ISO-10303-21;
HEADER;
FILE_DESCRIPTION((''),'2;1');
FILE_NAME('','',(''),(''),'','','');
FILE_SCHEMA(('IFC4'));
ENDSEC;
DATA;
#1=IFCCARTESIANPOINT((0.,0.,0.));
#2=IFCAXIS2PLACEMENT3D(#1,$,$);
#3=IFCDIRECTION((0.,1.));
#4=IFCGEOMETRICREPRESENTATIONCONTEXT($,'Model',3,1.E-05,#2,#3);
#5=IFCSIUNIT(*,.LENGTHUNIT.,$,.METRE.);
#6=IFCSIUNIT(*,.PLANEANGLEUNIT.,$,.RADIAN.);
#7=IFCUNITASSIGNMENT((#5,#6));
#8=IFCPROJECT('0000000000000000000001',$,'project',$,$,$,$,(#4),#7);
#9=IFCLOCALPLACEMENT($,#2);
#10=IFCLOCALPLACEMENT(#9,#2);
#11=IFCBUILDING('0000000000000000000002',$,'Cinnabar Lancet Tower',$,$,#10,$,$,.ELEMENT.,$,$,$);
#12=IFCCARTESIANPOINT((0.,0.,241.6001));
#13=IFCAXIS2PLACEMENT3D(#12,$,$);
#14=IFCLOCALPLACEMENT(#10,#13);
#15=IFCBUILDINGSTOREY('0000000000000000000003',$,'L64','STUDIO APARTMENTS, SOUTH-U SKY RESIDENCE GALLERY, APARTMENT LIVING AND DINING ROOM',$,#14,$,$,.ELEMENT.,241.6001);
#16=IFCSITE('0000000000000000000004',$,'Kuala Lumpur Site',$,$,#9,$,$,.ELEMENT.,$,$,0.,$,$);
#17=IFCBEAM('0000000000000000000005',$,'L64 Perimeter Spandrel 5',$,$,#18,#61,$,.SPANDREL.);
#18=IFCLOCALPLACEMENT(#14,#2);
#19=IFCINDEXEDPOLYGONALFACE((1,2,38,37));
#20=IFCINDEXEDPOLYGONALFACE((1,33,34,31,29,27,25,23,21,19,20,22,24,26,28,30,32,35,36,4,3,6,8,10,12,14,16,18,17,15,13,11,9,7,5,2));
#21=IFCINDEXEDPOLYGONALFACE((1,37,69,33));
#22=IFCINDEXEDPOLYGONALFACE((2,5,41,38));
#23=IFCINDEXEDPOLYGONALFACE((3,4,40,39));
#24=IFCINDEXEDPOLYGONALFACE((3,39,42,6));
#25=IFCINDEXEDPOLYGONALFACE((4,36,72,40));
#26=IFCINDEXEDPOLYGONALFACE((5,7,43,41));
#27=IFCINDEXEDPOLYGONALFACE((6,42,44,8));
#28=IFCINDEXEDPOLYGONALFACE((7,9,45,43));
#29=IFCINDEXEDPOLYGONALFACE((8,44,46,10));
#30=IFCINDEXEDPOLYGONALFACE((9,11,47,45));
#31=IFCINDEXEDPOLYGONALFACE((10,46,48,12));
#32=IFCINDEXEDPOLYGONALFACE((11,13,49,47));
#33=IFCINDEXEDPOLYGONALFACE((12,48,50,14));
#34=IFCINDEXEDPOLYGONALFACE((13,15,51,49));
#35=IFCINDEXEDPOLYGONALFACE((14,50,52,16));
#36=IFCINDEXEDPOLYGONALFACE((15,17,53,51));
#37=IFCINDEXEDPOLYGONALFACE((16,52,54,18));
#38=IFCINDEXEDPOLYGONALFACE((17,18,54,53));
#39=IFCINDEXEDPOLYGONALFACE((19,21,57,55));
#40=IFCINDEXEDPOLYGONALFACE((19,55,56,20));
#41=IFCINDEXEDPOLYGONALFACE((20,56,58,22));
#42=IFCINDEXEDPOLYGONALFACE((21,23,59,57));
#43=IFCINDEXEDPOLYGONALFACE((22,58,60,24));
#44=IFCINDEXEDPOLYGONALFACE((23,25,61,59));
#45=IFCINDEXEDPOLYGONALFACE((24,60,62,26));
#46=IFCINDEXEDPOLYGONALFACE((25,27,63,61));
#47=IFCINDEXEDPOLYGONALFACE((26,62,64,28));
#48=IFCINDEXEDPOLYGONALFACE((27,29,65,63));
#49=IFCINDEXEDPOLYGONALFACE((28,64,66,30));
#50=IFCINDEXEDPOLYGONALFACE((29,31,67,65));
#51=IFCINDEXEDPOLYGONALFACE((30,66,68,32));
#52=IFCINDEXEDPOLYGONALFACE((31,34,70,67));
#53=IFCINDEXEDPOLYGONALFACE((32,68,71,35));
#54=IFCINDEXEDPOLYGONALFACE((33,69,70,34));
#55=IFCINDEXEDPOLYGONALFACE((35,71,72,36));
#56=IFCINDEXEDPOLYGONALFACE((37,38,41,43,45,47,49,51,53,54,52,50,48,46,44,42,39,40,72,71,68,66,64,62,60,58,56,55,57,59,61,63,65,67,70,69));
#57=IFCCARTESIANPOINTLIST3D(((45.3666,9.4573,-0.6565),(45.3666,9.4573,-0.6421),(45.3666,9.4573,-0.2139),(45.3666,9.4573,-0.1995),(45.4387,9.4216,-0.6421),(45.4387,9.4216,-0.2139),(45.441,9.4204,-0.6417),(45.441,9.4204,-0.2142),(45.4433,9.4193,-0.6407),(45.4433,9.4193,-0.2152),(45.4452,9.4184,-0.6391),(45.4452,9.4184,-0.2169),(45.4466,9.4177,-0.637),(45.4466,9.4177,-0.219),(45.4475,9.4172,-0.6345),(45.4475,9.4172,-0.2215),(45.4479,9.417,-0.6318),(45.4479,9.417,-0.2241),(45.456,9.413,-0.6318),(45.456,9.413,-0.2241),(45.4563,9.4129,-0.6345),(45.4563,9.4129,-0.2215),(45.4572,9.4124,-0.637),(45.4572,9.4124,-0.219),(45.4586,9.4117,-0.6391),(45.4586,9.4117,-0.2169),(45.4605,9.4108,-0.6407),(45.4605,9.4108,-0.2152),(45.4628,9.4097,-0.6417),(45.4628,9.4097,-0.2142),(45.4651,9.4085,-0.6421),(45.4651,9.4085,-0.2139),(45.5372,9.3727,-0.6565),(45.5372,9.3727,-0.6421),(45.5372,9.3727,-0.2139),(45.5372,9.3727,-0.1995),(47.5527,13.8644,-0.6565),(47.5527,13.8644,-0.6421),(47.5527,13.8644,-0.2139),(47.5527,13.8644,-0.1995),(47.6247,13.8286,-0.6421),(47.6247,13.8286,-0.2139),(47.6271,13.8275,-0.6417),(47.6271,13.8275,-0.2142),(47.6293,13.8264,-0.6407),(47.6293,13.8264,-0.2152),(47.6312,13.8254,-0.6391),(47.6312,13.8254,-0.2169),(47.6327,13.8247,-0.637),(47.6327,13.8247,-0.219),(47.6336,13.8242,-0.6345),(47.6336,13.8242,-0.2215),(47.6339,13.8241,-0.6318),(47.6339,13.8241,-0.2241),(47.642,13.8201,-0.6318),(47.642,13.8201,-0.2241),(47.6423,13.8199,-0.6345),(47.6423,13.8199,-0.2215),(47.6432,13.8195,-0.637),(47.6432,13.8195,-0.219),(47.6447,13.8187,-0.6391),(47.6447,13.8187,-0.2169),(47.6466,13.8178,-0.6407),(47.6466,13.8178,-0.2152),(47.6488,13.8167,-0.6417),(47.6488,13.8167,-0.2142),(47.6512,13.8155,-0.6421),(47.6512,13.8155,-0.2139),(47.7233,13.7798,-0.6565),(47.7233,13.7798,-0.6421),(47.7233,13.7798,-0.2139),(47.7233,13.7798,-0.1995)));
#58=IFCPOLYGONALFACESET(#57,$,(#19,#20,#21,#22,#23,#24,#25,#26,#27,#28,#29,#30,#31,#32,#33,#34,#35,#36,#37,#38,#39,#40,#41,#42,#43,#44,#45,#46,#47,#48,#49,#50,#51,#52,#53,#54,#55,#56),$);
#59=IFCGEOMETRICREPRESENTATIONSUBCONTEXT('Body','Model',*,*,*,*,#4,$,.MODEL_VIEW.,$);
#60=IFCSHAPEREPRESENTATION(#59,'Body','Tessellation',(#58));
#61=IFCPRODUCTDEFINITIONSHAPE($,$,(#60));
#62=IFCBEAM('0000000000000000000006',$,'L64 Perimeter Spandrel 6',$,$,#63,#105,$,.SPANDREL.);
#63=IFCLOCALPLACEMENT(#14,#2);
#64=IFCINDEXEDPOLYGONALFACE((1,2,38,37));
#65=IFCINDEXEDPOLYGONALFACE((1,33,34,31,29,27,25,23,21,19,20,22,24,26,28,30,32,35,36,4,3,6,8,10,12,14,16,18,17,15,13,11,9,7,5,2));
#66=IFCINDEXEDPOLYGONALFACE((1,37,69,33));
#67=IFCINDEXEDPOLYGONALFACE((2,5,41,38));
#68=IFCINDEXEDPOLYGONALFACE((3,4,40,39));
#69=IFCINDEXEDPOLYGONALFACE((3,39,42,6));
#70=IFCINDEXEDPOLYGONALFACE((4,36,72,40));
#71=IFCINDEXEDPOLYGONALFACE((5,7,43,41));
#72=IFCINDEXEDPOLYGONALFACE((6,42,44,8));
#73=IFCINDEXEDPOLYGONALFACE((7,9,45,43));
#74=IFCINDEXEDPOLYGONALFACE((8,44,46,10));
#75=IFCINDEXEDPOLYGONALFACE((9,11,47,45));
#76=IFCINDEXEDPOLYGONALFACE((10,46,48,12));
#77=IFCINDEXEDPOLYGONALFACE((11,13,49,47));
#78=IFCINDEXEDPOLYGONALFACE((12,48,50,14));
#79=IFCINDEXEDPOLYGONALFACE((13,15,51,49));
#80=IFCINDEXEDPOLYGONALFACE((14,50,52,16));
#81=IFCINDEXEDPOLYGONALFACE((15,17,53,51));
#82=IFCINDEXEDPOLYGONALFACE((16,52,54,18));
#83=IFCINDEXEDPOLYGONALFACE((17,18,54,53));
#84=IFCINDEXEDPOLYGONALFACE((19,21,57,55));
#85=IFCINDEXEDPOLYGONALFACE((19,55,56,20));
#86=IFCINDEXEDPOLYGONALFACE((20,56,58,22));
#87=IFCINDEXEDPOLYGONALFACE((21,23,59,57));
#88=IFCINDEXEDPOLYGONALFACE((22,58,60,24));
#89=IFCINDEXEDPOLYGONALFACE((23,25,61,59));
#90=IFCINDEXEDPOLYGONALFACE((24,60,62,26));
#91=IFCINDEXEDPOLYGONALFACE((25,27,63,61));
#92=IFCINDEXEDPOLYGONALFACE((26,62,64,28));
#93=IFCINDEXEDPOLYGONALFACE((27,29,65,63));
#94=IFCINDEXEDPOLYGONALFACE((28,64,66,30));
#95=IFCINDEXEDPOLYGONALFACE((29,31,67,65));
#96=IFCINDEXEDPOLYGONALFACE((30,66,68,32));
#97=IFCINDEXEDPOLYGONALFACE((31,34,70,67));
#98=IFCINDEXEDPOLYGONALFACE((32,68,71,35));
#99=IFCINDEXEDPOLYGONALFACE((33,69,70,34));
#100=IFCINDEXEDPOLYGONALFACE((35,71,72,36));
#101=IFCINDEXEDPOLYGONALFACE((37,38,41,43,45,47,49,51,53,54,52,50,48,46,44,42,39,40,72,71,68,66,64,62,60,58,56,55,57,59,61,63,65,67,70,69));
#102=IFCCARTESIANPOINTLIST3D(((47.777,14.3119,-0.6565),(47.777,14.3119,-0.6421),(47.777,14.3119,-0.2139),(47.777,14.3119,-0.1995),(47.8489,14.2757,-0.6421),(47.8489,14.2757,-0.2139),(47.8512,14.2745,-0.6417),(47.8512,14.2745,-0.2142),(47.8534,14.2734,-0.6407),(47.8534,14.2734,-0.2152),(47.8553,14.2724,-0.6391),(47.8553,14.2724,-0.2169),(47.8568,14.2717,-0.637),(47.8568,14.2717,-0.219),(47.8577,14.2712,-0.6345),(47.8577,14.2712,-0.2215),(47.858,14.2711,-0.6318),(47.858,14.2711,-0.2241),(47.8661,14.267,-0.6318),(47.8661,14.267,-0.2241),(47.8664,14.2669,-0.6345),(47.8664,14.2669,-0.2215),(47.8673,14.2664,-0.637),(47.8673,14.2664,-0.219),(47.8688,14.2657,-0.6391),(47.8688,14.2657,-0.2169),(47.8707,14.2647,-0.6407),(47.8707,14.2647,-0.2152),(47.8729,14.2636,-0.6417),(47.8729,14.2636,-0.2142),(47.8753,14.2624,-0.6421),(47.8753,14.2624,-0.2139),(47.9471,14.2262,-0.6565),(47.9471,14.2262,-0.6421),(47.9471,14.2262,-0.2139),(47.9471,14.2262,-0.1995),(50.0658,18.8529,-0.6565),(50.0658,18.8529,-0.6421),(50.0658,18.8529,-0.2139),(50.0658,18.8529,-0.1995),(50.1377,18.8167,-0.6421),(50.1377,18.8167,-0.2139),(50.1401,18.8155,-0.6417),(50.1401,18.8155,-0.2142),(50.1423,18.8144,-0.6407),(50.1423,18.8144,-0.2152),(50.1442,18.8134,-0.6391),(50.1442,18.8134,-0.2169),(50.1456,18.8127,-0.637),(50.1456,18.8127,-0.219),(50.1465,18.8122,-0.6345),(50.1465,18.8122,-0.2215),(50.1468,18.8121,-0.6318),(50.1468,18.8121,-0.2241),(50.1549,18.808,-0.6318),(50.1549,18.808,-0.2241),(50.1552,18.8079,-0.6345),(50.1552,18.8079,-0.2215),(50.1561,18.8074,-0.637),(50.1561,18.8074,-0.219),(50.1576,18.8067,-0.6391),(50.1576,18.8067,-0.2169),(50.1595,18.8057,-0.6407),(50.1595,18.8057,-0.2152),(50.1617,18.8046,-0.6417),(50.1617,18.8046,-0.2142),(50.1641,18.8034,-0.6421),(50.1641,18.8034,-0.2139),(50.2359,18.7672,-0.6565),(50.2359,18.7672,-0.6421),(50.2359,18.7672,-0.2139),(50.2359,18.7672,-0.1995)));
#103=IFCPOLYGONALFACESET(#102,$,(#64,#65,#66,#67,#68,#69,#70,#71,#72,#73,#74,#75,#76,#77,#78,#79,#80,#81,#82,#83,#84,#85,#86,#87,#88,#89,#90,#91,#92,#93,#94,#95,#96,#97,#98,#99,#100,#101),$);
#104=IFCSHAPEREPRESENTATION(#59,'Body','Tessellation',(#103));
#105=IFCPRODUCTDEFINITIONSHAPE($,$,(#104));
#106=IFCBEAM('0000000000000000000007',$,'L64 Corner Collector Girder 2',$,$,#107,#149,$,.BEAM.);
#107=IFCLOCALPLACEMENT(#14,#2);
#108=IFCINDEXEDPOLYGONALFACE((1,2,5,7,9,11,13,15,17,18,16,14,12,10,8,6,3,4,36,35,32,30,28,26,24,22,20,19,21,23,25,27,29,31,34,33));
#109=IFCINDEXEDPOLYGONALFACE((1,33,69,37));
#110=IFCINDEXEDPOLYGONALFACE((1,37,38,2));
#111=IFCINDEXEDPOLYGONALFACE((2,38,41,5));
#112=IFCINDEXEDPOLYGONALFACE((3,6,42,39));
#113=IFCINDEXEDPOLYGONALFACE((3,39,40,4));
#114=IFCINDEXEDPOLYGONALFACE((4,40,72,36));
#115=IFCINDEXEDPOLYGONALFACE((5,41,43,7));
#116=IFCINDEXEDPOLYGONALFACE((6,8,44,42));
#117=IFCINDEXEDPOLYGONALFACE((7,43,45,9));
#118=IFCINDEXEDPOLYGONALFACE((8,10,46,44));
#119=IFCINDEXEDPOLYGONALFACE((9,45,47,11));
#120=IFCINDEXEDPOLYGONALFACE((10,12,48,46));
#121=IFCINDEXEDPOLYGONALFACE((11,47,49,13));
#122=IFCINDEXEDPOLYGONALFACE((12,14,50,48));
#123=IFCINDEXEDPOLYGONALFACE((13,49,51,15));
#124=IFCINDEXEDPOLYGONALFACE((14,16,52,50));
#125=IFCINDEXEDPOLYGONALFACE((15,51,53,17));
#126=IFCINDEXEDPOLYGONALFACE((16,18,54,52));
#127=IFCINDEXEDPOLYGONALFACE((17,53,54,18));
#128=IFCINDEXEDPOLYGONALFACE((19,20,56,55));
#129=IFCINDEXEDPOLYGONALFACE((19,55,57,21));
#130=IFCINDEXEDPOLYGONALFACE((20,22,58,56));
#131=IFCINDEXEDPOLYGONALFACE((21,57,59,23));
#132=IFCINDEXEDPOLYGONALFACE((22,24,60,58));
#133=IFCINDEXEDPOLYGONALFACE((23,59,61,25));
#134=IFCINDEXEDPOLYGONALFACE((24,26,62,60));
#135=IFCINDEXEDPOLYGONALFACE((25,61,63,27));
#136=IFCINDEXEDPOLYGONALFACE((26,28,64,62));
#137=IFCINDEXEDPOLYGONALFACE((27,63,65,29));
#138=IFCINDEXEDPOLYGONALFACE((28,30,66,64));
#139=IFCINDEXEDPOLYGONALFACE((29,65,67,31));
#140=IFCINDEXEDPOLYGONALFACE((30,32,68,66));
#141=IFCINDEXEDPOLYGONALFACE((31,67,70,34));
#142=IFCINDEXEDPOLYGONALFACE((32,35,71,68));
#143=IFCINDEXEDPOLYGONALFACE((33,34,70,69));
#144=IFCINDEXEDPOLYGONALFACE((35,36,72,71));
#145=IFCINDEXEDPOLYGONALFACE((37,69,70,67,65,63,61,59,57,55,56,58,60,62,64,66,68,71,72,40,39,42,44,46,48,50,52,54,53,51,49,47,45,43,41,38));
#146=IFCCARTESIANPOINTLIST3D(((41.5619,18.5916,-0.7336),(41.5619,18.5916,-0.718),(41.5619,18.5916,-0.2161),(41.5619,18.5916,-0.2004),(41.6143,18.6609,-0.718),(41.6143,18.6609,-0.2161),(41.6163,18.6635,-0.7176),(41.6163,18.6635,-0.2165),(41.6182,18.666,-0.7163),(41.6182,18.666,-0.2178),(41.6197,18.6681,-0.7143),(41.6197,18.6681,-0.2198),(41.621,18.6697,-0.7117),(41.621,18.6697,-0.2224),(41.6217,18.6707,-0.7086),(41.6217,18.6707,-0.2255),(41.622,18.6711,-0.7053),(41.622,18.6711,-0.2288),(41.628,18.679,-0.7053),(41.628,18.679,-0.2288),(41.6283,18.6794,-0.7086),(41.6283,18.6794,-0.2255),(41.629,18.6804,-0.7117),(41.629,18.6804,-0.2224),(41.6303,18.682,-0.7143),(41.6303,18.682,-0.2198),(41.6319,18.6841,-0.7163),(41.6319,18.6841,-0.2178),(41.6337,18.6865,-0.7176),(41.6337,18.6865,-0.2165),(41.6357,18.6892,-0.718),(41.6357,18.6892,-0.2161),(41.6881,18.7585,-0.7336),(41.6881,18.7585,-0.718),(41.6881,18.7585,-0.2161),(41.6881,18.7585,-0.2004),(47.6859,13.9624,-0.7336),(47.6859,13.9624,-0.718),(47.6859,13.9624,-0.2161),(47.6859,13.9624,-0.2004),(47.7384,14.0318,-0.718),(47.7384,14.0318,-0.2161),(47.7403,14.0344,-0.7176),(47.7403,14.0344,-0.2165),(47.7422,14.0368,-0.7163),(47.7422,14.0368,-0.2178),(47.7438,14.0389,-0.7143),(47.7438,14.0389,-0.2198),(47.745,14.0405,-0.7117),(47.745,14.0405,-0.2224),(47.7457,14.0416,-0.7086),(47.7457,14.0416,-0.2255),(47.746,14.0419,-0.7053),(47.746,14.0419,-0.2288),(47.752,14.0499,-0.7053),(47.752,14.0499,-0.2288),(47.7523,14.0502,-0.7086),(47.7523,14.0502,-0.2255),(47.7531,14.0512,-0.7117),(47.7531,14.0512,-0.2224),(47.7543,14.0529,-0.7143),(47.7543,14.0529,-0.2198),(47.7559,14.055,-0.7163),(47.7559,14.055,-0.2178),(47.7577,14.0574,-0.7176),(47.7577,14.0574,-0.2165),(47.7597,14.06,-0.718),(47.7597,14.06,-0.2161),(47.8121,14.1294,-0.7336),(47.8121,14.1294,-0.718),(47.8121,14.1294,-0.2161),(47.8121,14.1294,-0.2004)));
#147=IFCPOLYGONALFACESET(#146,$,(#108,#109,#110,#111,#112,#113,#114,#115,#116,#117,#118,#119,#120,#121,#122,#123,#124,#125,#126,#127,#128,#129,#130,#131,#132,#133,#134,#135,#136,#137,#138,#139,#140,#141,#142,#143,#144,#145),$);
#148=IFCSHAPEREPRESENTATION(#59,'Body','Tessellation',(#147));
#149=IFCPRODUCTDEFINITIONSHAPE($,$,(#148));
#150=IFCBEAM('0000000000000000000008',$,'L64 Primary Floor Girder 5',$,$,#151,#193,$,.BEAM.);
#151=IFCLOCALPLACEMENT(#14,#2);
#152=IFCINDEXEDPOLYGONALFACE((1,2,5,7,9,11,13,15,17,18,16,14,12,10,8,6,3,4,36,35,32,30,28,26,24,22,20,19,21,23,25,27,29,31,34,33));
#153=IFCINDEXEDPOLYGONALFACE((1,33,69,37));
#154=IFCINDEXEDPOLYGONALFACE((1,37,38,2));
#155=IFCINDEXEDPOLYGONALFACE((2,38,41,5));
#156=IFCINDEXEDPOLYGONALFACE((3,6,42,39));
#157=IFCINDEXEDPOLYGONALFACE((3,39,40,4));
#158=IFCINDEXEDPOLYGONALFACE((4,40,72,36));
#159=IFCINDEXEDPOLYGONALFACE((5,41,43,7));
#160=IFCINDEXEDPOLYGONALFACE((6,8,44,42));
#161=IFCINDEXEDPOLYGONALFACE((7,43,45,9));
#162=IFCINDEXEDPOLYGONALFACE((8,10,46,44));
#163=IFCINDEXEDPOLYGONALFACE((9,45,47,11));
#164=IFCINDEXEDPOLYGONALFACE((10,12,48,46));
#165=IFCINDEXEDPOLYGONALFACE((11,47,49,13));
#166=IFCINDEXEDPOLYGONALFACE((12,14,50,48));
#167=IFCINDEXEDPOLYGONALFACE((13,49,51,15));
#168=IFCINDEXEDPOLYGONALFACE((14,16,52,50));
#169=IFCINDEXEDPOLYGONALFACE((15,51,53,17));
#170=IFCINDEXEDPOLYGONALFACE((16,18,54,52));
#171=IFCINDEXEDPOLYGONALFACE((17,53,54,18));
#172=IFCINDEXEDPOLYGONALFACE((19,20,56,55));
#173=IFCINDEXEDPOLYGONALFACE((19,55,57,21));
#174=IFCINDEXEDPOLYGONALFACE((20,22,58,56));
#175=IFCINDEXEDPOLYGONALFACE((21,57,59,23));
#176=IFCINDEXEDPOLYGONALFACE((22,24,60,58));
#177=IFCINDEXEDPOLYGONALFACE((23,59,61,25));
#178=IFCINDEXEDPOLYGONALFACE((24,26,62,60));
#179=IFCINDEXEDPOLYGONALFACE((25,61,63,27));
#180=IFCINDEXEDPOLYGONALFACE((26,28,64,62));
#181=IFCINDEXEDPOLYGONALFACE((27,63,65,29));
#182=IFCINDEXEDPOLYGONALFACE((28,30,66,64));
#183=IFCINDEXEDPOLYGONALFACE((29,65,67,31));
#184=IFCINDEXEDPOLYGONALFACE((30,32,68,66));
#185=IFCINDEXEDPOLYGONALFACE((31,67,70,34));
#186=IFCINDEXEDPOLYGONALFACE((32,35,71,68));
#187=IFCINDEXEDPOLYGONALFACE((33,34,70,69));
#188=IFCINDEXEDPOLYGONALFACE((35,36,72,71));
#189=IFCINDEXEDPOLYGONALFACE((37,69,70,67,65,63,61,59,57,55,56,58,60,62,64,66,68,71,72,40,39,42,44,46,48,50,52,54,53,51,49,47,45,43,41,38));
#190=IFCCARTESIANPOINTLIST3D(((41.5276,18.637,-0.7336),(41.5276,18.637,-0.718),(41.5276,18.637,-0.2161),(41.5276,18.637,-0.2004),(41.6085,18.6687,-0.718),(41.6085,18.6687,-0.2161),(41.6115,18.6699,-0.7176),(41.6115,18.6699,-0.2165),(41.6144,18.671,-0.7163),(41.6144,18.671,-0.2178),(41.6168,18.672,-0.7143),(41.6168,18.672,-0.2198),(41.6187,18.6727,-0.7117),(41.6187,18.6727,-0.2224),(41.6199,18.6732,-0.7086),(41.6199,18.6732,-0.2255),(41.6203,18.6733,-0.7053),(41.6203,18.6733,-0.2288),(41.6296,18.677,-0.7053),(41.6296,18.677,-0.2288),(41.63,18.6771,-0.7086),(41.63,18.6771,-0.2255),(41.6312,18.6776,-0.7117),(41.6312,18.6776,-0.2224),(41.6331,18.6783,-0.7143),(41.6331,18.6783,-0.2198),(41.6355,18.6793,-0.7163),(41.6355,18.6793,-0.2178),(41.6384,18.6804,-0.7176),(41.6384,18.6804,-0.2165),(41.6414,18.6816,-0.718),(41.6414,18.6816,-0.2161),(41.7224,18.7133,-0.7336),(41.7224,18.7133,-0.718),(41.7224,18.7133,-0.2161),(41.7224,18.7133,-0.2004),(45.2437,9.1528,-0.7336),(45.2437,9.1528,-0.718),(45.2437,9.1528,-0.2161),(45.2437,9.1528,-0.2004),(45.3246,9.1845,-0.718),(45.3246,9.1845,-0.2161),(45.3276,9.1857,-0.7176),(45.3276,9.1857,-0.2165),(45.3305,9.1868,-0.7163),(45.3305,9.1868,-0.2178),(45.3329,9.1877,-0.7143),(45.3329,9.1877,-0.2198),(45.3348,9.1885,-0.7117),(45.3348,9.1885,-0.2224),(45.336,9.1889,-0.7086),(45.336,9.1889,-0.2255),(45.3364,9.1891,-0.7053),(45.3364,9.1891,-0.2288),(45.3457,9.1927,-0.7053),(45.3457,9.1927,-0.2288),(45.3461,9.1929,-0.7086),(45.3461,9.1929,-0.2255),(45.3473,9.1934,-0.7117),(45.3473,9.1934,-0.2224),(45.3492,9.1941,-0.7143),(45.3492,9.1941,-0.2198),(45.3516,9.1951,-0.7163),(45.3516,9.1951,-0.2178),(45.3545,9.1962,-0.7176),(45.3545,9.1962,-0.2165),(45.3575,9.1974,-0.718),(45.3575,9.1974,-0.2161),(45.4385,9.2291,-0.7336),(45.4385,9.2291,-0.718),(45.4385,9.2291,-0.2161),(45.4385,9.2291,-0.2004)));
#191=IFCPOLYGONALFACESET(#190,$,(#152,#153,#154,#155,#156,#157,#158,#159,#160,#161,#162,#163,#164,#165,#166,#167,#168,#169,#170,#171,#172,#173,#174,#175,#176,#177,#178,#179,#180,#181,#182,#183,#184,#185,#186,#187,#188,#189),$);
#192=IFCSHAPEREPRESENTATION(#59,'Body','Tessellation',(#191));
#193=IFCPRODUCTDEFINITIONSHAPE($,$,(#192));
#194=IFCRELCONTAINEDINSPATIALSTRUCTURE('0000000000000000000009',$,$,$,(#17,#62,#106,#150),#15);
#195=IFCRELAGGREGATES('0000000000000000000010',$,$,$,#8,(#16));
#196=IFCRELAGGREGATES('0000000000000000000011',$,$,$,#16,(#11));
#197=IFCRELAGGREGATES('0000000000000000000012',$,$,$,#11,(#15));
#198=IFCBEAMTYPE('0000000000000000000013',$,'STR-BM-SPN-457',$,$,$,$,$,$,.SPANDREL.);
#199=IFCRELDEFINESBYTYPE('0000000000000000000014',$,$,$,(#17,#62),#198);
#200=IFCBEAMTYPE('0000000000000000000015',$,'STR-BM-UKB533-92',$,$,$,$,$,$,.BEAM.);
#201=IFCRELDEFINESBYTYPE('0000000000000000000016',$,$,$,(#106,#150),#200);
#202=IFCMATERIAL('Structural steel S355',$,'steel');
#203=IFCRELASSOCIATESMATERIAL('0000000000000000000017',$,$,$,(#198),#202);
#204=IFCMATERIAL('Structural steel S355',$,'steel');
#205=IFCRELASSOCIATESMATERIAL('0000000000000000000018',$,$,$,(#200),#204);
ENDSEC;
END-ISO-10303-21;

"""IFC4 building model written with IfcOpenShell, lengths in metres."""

from ifc_helpers import new_model, si_unit, direction, frame, origin, origin_2d, place, context, subcontext, project, spatial, i_section, extrude, material, material_profile, profile_set, type_object, element, save


model = new_model("IFC4")

# Units and contexts
model_context = context("Model", 3, precision=1e-05, world=origin(), true_north=direction((0.0, 1.0)))
body_context = subcontext(model_context, "Body", "Model", "MODEL_VIEW")
ifc_project = project(units=[si_unit("LENGTHUNIT", "METRE"), si_unit("PLANEANGLEUNIT", "RADIAN")], contexts=[model_context])

# Site, building, storey
site_placement = place(None, origin())
site = spatial("IfcSite", under=ifc_project, at=site_placement, Name="Kuala Lumpur Site", CompositionType="ELEMENT", RefElevation=0.0)
building_placement = place(site_placement, origin())
building = spatial("IfcBuilding", under=site, at=building_placement, Name="Cinnabar Lancet Tower", CompositionType="ELEMENT")
storey_placement = place(building_placement, frame((0.0, 0.0, 241.6001)))
storey = spatial("IfcBuildingStorey", under=building, at=storey_placement, Name="L64", Description="STUDIO APARTMENTS, SOUTH-U SKY RESIDENCE GALLERY, APARTMENT LIVING AND DINING ROOM", CompositionType="ELEMENT", Elevation=241.6001)

# Beams
ifc_material_1 = material(Name="Structural steel S355", Category="steel")
ifc_material_profile_1 = material_profile(ifc_material_1, i_section(OverallWidth=0.1904, OverallDepth=0.457, WebThickness=0.009, FlangeThickness=0.0144, FilletRadius=0.0103, at=origin_2d()), Name="UKB 457x191x74")
ifc_profile_set_1 = profile_set([ifc_material_profile_1], Name="Structural steel S355")
beam_type_1 = type_object("IfcBeamType", Name="STR-BM-SPN-457", PredefinedType="SPANDREL", material=ifc_profile_set_1)
beam_1_placement = place(storey_placement, frame((45.4519, 9.415, -0.428), z_axis=(0.444373, 0.895842, 0.0), x_axis=(-0.895842, 0.444373, 0.0)))
element("IfcBeam", 1, at=beam_1_placement, inside=storey, type_object=beam_type_1, Name="L64 Perimeter Spandrel 5", PredefinedType="SPANDREL", context=body_context, shape_type="SweptSolid", body=[
    extrude(i_section(OverallWidth=0.1904, OverallDepth=0.457, WebThickness=0.009, FlangeThickness=0.0144, FilletRadius=0.0103, at=origin_2d()), origin(), (0.0, 0.0, 1.0), 4.9194),
])
beam_2_placement = place(storey_placement, frame((47.8621, 14.269, -0.428), z_axis=(0.450092, 0.892982, 0.0), x_axis=(-0.892982, 0.450092, 0.0)))
element("IfcBeam", 2, at=beam_2_placement, inside=storey, type_object=beam_type_1, Name="L64 Perimeter Spandrel 6", PredefinedType="SPANDREL", context=body_context, shape_type="SweptSolid", body=[
    extrude(i_section(OverallWidth=0.1904, OverallDepth=0.457, WebThickness=0.009, FlangeThickness=0.0144, FilletRadius=0.0103, at=origin_2d()), origin(), (0.0, 0.0, 1.0), 5.0852),
])
ifc_material_2 = material(Name="Structural steel S355", Category="steel")
ifc_material_profile_2 = material_profile(ifc_material_2, i_section(OverallWidth=0.2092, OverallDepth=0.5332, WebThickness=0.01, FlangeThickness=0.0156, FilletRadius=0.0127, at=origin_2d()), Name="UKB 533x210x92")
ifc_profile_set_2 = profile_set([ifc_material_profile_2], Name="Structural steel S355")
beam_type_2 = type_object("IfcBeamType", Name="STR-BM-UKB533-92", PredefinedType="BEAM", material=ifc_profile_set_2)
beam_3_placement = place(storey_placement, frame((47.749, 14.0459, -0.467), z_axis=(-0.797735, 0.603008, 0.0), x_axis=(-0.603008, -0.797735, 0.0)))
element("IfcBeam", 3, at=beam_3_placement, inside=storey, type_object=beam_type_2, Name="L64 Corner Collector Girder 2", PredefinedType="BEAM", context=body_context, shape_type="SweptSolid", body=[
    extrude(i_section(OverallWidth=0.2092, OverallDepth=0.5332, WebThickness=0.01, FlangeThickness=0.0156, FilletRadius=0.0127, at=origin_2d()), origin(), (0.0, 0.0, 1.0), 7.6768),
])
beam_4_placement = place(storey_placement, frame((45.3411, 9.1909, -0.467), z_axis=(-0.364815, 0.93108, 0.0), x_axis=(-0.93108, -0.364815, 0.0)))
element("IfcBeam", 4, at=beam_4_placement, inside=storey, type_object=beam_type_2, Name="L64 Primary Floor Girder 5", PredefinedType="BEAM", context=body_context, shape_type="SweptSolid", body=[
    extrude(i_section(OverallWidth=0.2092, OverallDepth=0.5332, WebThickness=0.01, FlangeThickness=0.0156, FilletRadius=0.0127, at=origin_2d()), origin(), (0.0, 0.0, 1.0), 10.1863),
])

save(model, "model.ifc")
